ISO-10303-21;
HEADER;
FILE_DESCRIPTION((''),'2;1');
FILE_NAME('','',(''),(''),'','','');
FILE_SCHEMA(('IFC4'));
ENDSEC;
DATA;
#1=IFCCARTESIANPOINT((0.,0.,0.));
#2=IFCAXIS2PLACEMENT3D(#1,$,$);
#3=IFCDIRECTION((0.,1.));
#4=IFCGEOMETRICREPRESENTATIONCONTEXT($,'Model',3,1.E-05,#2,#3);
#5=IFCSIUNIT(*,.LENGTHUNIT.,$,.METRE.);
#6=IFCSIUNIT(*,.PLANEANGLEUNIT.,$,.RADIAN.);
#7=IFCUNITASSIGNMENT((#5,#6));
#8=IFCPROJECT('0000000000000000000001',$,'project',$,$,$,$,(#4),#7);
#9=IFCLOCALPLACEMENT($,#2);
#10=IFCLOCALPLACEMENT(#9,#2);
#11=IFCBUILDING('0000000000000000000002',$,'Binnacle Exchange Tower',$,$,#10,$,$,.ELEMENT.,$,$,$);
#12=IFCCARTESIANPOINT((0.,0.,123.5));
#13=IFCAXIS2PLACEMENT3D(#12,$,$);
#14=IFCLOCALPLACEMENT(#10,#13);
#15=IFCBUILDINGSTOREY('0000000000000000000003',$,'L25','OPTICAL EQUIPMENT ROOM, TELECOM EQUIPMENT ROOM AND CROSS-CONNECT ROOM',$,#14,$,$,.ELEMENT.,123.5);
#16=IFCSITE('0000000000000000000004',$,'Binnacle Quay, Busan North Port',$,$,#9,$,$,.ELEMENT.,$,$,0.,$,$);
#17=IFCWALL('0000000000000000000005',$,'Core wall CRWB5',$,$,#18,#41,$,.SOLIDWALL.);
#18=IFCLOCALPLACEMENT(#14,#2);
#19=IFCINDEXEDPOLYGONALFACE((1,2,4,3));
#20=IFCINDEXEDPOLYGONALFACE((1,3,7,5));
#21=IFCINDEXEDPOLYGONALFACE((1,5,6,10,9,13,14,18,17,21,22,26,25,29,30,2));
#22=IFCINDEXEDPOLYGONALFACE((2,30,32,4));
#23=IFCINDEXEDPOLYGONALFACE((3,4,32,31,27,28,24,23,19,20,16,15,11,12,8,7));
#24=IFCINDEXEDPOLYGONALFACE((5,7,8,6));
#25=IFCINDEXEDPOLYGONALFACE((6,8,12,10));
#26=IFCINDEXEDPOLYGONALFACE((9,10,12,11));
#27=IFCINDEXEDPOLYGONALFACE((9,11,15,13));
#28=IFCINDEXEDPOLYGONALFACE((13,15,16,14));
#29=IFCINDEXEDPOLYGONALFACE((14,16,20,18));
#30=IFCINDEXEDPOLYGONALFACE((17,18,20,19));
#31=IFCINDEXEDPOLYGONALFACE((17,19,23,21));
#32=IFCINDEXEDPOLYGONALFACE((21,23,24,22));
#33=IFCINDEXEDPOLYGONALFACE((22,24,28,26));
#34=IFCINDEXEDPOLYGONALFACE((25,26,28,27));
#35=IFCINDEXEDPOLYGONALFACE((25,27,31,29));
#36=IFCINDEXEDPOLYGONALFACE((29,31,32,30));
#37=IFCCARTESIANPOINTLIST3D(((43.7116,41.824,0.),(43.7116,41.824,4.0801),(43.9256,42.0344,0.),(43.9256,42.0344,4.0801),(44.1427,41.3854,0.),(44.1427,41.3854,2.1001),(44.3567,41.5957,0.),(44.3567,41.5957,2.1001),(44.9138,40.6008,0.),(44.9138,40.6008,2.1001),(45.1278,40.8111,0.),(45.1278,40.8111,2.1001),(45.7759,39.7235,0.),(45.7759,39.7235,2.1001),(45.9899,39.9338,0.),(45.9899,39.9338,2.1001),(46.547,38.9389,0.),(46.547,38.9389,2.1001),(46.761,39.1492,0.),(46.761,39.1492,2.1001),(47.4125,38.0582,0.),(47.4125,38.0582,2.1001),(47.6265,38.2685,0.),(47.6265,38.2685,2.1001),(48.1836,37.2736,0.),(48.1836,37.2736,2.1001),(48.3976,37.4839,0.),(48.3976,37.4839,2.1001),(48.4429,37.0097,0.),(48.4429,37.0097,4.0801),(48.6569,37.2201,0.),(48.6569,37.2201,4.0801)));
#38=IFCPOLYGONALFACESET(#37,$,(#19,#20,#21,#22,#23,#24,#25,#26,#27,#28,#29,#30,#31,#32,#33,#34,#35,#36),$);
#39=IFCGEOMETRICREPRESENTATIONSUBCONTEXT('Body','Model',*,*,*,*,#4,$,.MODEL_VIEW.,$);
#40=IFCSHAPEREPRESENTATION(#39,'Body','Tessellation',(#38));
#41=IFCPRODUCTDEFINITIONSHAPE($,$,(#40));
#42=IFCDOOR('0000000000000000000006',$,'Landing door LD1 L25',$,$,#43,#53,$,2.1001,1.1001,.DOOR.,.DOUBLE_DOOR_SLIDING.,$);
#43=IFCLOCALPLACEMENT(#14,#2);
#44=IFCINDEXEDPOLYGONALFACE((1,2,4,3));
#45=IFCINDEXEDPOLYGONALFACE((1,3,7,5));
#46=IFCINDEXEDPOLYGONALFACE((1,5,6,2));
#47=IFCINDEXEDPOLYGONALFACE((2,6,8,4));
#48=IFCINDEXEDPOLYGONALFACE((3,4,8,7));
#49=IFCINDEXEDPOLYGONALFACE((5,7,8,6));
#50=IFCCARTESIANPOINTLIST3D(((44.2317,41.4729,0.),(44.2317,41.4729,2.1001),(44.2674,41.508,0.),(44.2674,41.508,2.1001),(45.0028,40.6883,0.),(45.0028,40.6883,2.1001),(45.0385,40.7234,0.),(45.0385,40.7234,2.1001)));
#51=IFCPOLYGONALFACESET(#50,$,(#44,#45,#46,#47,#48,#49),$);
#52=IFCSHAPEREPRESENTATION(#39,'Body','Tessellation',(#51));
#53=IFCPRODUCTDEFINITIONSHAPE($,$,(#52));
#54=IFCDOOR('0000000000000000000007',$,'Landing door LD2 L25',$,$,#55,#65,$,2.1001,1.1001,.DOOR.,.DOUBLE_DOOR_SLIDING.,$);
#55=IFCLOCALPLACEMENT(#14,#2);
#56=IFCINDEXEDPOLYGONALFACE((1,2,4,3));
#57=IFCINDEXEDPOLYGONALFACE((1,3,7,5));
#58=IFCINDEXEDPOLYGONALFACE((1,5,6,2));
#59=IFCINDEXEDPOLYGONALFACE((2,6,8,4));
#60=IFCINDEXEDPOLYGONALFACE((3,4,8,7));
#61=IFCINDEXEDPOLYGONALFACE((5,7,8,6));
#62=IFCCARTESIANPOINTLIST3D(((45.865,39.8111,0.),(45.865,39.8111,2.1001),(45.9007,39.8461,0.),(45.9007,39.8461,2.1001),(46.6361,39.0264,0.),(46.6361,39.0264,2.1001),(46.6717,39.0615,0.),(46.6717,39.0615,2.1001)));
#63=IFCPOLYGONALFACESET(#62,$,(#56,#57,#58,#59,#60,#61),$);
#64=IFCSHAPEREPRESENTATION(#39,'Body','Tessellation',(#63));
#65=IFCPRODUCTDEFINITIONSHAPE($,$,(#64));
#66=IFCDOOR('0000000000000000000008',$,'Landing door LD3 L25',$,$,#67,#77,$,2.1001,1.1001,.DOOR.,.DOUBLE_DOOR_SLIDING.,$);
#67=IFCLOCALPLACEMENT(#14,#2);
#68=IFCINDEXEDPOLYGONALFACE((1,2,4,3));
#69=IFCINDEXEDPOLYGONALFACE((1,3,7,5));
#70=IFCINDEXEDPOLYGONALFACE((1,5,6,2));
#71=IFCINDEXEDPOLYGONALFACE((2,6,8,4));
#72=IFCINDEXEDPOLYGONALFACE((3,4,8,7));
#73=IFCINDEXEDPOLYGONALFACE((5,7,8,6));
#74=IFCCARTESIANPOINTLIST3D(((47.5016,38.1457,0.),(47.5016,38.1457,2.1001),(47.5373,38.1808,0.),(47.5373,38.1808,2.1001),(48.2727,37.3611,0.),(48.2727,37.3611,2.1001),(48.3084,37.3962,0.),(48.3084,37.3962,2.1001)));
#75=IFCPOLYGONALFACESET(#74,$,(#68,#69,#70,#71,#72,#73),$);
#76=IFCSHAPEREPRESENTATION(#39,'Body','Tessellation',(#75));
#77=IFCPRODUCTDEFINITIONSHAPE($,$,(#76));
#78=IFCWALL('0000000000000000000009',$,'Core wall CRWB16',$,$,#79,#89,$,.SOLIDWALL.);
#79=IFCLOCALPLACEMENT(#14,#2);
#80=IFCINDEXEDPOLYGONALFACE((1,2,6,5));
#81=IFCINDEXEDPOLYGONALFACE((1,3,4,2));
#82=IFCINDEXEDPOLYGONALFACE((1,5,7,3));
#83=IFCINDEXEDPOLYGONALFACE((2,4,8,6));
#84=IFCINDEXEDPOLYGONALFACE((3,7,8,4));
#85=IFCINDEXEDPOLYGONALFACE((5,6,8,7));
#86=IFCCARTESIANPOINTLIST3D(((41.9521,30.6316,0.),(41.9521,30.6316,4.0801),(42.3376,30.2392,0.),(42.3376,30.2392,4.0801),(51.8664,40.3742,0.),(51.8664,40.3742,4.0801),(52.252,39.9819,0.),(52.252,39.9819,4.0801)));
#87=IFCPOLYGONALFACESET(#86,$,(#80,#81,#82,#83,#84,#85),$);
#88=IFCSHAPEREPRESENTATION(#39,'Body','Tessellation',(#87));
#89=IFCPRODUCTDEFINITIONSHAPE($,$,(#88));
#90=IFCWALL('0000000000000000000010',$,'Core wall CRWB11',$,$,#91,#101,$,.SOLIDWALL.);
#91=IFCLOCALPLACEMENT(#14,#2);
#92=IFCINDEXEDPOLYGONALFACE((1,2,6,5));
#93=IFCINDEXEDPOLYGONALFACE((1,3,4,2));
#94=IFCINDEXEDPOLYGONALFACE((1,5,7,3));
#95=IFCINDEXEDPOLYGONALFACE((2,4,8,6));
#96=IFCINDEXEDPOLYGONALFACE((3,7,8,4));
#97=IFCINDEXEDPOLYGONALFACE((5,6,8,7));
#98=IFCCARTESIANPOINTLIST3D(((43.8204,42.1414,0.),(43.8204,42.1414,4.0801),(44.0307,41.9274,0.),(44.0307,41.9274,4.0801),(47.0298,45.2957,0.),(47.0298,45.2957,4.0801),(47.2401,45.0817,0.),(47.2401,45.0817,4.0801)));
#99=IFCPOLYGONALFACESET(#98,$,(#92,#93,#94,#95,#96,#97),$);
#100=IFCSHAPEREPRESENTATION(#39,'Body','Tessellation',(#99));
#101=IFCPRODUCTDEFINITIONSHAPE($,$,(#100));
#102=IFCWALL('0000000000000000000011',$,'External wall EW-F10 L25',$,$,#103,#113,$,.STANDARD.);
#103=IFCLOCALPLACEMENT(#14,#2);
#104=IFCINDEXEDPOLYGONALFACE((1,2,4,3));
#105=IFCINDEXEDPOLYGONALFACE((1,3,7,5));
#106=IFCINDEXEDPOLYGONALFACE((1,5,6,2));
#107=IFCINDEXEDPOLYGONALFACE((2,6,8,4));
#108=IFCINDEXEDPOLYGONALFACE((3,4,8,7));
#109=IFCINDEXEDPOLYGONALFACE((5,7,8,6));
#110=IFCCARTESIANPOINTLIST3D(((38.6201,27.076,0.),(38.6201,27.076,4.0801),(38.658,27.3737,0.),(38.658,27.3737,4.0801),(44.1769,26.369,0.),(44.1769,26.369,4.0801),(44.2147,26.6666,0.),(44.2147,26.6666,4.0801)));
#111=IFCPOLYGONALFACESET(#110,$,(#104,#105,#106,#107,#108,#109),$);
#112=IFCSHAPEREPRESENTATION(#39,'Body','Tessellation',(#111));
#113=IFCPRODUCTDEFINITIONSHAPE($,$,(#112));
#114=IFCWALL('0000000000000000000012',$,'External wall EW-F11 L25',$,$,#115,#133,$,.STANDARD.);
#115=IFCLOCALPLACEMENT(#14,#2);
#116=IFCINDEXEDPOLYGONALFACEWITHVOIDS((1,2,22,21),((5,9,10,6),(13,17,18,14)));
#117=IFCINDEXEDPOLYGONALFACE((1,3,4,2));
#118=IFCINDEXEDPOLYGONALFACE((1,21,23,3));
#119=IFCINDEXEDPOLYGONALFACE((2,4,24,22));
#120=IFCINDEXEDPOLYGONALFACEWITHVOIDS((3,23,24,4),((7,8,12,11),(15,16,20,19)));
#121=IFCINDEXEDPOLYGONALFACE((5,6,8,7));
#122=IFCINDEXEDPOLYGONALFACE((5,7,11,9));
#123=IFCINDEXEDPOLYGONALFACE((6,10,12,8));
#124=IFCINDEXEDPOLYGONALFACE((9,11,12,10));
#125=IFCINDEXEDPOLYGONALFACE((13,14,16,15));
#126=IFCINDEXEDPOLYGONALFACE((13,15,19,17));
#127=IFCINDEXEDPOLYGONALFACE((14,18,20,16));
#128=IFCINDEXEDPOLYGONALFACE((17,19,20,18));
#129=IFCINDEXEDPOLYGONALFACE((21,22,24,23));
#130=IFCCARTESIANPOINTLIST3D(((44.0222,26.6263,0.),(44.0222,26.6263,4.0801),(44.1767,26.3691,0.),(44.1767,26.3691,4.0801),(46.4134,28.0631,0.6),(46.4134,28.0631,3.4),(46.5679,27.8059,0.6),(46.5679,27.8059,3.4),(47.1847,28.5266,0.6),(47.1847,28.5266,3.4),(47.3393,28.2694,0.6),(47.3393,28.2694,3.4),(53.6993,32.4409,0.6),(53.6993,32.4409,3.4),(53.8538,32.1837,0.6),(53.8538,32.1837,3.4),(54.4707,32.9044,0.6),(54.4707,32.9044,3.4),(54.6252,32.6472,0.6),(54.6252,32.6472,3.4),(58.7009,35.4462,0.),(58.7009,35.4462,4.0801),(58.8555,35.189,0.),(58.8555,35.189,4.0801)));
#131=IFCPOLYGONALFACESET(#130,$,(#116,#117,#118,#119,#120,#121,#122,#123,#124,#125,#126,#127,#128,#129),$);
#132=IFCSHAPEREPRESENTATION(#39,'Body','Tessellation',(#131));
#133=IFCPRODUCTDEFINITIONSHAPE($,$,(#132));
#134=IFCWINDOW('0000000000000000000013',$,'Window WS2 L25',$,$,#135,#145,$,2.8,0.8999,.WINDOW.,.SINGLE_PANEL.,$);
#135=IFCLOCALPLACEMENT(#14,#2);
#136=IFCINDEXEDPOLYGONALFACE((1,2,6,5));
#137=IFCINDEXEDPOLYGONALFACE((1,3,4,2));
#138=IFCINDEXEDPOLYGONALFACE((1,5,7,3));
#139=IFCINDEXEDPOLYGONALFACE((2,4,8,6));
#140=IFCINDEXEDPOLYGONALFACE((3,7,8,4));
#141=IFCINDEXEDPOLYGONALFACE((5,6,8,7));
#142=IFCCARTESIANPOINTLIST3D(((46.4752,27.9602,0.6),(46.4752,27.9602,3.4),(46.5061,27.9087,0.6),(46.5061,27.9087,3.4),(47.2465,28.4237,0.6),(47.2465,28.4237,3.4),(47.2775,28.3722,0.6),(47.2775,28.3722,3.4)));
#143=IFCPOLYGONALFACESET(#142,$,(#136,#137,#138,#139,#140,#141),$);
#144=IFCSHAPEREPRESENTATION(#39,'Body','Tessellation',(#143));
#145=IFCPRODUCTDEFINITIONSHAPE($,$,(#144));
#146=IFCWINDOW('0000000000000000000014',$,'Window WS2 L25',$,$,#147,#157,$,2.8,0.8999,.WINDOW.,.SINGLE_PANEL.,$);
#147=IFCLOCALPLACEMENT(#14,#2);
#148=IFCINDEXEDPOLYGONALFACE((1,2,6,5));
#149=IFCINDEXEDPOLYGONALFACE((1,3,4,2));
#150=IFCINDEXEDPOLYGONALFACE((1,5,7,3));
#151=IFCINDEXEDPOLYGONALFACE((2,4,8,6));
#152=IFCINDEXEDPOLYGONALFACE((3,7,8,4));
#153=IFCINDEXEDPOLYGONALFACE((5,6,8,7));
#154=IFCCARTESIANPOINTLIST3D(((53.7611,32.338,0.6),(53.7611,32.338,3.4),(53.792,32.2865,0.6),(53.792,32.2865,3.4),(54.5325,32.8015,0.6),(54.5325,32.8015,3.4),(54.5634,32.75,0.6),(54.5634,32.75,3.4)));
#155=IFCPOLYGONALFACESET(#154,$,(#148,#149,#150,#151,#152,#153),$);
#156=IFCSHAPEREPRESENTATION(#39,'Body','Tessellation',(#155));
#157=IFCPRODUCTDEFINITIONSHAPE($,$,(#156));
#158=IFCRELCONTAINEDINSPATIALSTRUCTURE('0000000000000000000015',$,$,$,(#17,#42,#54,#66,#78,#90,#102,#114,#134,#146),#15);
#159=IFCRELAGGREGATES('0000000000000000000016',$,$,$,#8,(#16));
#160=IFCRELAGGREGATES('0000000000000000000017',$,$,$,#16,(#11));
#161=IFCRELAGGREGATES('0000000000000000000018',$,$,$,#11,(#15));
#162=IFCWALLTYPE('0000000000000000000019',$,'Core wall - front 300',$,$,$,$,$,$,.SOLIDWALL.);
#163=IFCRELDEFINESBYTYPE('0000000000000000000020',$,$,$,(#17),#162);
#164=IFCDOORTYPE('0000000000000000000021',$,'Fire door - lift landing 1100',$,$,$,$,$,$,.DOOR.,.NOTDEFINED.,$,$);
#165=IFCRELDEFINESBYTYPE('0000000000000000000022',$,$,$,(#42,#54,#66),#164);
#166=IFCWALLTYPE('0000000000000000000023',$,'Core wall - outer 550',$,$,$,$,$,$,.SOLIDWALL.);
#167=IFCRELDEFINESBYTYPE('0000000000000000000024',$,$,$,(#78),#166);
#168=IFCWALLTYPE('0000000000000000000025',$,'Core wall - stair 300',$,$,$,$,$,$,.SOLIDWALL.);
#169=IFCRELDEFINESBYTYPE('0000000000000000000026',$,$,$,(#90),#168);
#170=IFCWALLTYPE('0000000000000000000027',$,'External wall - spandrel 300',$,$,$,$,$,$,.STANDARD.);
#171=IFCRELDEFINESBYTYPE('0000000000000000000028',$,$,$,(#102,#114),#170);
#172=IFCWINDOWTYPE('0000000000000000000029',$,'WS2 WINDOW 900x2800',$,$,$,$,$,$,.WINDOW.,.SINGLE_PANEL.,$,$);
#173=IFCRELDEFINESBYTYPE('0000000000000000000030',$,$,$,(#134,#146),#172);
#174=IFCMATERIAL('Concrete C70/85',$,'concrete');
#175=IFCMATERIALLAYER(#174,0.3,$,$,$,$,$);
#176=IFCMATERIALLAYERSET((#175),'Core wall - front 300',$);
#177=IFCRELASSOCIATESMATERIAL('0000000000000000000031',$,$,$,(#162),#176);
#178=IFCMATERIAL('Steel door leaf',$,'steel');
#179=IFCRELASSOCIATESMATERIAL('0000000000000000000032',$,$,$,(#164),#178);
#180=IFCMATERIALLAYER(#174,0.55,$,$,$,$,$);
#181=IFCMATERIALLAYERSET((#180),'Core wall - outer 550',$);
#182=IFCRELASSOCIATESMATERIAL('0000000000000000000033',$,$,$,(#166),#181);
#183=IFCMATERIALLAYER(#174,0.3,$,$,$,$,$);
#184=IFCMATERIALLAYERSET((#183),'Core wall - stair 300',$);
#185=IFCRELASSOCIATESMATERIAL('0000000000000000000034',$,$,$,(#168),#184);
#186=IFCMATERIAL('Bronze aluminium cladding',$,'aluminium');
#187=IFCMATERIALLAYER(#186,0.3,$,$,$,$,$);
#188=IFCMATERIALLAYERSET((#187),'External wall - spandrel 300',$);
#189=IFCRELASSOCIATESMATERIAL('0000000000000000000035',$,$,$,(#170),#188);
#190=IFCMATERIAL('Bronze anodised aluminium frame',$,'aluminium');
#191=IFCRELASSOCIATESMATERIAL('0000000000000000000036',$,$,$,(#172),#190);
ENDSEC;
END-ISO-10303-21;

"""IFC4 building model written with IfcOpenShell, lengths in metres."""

from ifc_helpers import new_model, si_unit, direction, frame, frame_2d, origin, place, context, subcontext, project, spatial, rectangle, extrude, material, layer, layer_set, type_object, element, fill, save


model = new_model("IFC4")

# Units and contexts
model_context = context("Model", 3, precision=1e-05, world=origin(), true_north=direction((0.0, 1.0)))
body_context = subcontext(model_context, "Body", "Model", "MODEL_VIEW")
ifc_project = project(units=[si_unit("LENGTHUNIT", "METRE"), si_unit("PLANEANGLEUNIT", "RADIAN")], contexts=[model_context])

# Site, building, storey
site_placement = place(None, origin())
site = spatial("IfcSite", under=ifc_project, at=site_placement, Name="Binnacle Quay, Busan North Port", CompositionType="ELEMENT", RefElevation=0.0)
building_placement = place(site_placement, origin())
building = spatial("IfcBuilding", under=site, at=building_placement, Name="Binnacle Exchange Tower", CompositionType="ELEMENT")
storey_placement = place(building_placement, frame((0.0, 0.0, 123.5)))
storey = spatial("IfcBuildingStorey", under=building, at=storey_placement, Name="L25", Description="OPTICAL EQUIPMENT ROOM, TELECOM EQUIPMENT ROOM AND CROSS-CONNECT ROOM", CompositionType="ELEMENT", Elevation=123.5)

# Shared definitions
ifc_material_1 = material(Name="Concrete C70/85", Category="concrete")

# Wall, openings, doors
ifc_layer_1 = layer(ifc_material_1, 0.3)
ifc_layer_set_1 = layer_set([ifc_layer_1], Name="Core wall - front 300")
wall_type_1 = type_object("IfcWallType", Name="Core wall - front 300", PredefinedType="SOLIDWALL", material=ifc_layer_set_1)
wall_1_placement = place(storey_placement, frame((43.8186, 41.9292, 0.0), z_axis=(0.0, 0.0, 1.0), x_axis=(0.700931, -0.713229, 0.0)))
wall_1 = element("IfcWall", 1, at=wall_1_placement, inside=storey, type_object=wall_type_1, Name="Core wall CRWB5", PredefinedType="SOLIDWALL", context=body_context, shape_type="SweptSolid", body=[
    extrude(rectangle(XDim=6.75, YDim=0.3, at=frame_2d((3.375, 0.0))), origin(), (0.0, 0.0, 1.0), 4.0801),
])
opening_1_placement = place(wall_1_placement, frame((0.615, 0.0, 0.0)))
opening_1 = element("IfcOpeningElement", 2, at=opening_1_placement, cuts=wall_1, PredefinedType="OPENING", context=body_context, shape_type="SweptSolid", body=[
    extrude(rectangle(XDim=1.1001, YDim=2.1001, at=frame_2d((0.55, 1.05))), frame((0.0, 0.1599, 0.0), z_axis=(0.0, -1.0, 0.0), x_axis=(1.0, 0.0, 0.0)), (0.0, 0.0, 1.0), 0.3201),
])
opening_2_placement = place(wall_1_placement, frame((2.9451, 0.0, 0.0)))
opening_2 = element("IfcOpeningElement", 3, at=opening_2_placement, cuts=wall_1, PredefinedType="OPENING", context=body_context, shape_type="SweptSolid", body=[
    extrude(rectangle(XDim=1.1001, YDim=2.1001, at=frame_2d((0.55, 1.05))), frame((0.0, 0.1599, 0.0), z_axis=(0.0, -1.0, 0.0), x_axis=(1.0, 0.0, 0.0)), (0.0, 0.0, 1.0), 0.3201),
])
opening_3_placement = place(wall_1_placement, frame((5.28, 0.0, 0.0)))
opening_3 = element("IfcOpeningElement", 4, at=opening_3_placement, cuts=wall_1, PredefinedType="OPENING", context=body_context, shape_type="SweptSolid", body=[
    extrude(rectangle(XDim=1.1001, YDim=2.1001, at=frame_2d((0.55, 1.05))), frame((0.0, 0.1599, 0.0), z_axis=(0.0, -1.0, 0.0), x_axis=(1.0, 0.0, 0.0)), (0.0, 0.0, 1.0), 0.3201),
])
ifc_material_2 = material(Name="Steel door leaf", Category="steel")
door_type = type_object("IfcDoorType", Name="Fire door - lift landing 1100", OperationType="NOTDEFINED", PredefinedType="DOOR", material=ifc_material_2)
door_1_placement = place(opening_1_placement, origin())
door_1 = element("IfcDoor", 5, at=door_1_placement, inside=storey, type_object=door_type, Name="Landing door LD1 L25", OperationType="DOUBLE_DOOR_SLIDING", OverallHeight=2.1001, OverallWidth=1.1001, PredefinedType="DOOR", context=body_context, shape_type="SweptSolid", body=[
    extrude(rectangle(XDim=1.1001, YDim=2.1001, at=frame_2d((0.55, 1.05))), frame((0.0, 0.0249, 0.0), z_axis=(0.0, -1.0, 0.0), x_axis=(1.0, 0.0, 0.0)), (0.0, 0.0, 1.0), 0.05),
])
fill(opening_1, door_1)
door_2_placement = place(opening_2_placement, origin())
door_2 = element("IfcDoor", 6, at=door_2_placement, inside=storey, type_object=door_type, Name="Landing door LD2 L25", OperationType="DOUBLE_DOOR_SLIDING", OverallHeight=2.1001, OverallWidth=1.1001, PredefinedType="DOOR", context=body_context, shape_type="SweptSolid", body=[
    extrude(rectangle(XDim=1.1001, YDim=2.1001, at=frame_2d((0.55, 1.05))), frame((0.0, 0.0249, 0.0), z_axis=(0.0, -1.0, 0.0), x_axis=(1.0, 0.0, 0.0)), (0.0, 0.0, 1.0), 0.05),
])
fill(opening_2, door_2)
door_3_placement = place(opening_3_placement, origin())
door_3 = element("IfcDoor", 7, at=door_3_placement, inside=storey, type_object=door_type, Name="Landing door LD3 L25", OperationType="DOUBLE_DOOR_SLIDING", OverallHeight=2.1001, OverallWidth=1.1001, PredefinedType="DOOR", context=body_context, shape_type="SweptSolid", body=[
    extrude(rectangle(XDim=1.1001, YDim=2.1001, at=frame_2d((0.55, 1.05))), frame((0.0, 0.0249, 0.0), z_axis=(0.0, -1.0, 0.0), x_axis=(1.0, 0.0, 0.0)), (0.0, 0.0, 1.0), 0.05),
])
fill(opening_3, door_3)

# Walls
ifc_layer_2 = layer(ifc_material_1, 0.55)
ifc_layer_set_2 = layer_set([ifc_layer_2], Name="Core wall - outer 550")
wall_type_2 = type_object("IfcWallType", Name="Core wall - outer 550", PredefinedType="SOLIDWALL", material=ifc_layer_set_2)
wall_2_placement = place(storey_placement, frame((42.1448, 30.4353, 0.0), z_axis=(0.0, 0.0, 1.0), x_axis=(0.713254, 0.700906, 0.0)))
element("IfcWall", 8, at=wall_2_placement, inside=storey, type_object=wall_type_2, Name="Core wall CRWB16", PredefinedType="SOLIDWALL", context=body_context, shape_type="SweptSolid", body=[
    extrude(rectangle(XDim=13.9001, YDim=0.55, at=frame_2d((6.9502, 0.0))), origin(), (0.0, 0.0, 1.0), 4.0801),
])
ifc_layer_3 = layer(ifc_material_1, 0.3)
ifc_layer_set_3 = layer_set([ifc_layer_3], Name="Core wall - stair 300")
wall_type_3 = type_object("IfcWallType", Name="Core wall - stair 300", PredefinedType="SOLIDWALL", material=ifc_layer_set_3)
wall_3_placement = place(storey_placement, frame((43.9255, 42.0344, 0.0), z_axis=(0.0, 0.0, 1.0), x_axis=(0.713211, 0.70095, 0.0)))
element("IfcWall", 9, at=wall_3_placement, inside=storey, type_object=wall_type_3, Name="Core wall CRWB11", PredefinedType="SOLIDWALL", context=body_context, shape_type="SweptSolid", body=[
    extrude(rectangle(XDim=4.5, YDim=0.3, at=frame_2d((2.25, 0.0))), origin(), (0.0, 0.0, 1.0), 4.0801),
])
ifc_material_3 = material(Name="Bronze aluminium cladding", Category="aluminium")
ifc_layer_4 = layer(ifc_material_3, 0.3)
ifc_layer_set_4 = layer_set([ifc_layer_4], Name="External wall - spandrel 300")
wall_type_4 = type_object("IfcWallType", Name="External wall - spandrel 300", PredefinedType="STANDARD", material=ifc_layer_set_4)
wall_4_placement = place(storey_placement, frame((44.1958, 26.5178, 0.0), z_axis=(0.0, 0.0, 1.0), x_axis=(-0.992002, 0.126223, 0.0)))
element("IfcWall", 10, at=wall_4_placement, inside=storey, type_object=wall_type_4, Name="External wall EW-F10 L25", PredefinedType="STANDARD", context=body_context, shape_type="SweptSolid", body=[
    extrude(rectangle(XDim=5.6016, YDim=0.3, at=frame_2d((2.8008, 0.0))), origin(), (0.0, 0.0, 1.0), 4.0801),
])

# Wall, openings, windows
wall_5_placement = place(storey_placement, frame((58.7783, 35.3176, 0.0), z_axis=(0.0, 0.0, 1.0), x_axis=(-0.857168, -0.515037, 0.0)))
wall_5 = element("IfcWall", 11, at=wall_5_placement, inside=storey, type_object=wall_type_4, Name="External wall EW-F11 L25", PredefinedType="STANDARD", context=body_context, shape_type="SweptSolid", body=[
    extrude(rectangle(XDim=17.1248, YDim=0.3, at=frame_2d((8.5625, 0.0))), origin(), (0.0, 0.0, 1.0), 4.0801),
])
opening_4_placement = place(wall_5_placement, frame((13.4353, 0.0, 0.6001)))
opening_4 = element("IfcOpeningElement", 12, at=opening_4_placement, cuts=wall_5, PredefinedType="OPENING", context=body_context, shape_type="SweptSolid", body=[
    extrude(rectangle(XDim=0.8999, YDim=2.8, at=frame_2d((0.45, 1.3999))), frame((0.0, 0.1599, 0.0), z_axis=(0.0, -1.0, 0.0), x_axis=(1.0, 0.0, 0.0)), (0.0, 0.0, 1.0), 0.3201),
])
opening_5_placement = place(wall_5_placement, frame((4.9353, 0.0, 0.6001)))
opening_5 = element("IfcOpeningElement", 13, at=opening_5_placement, cuts=wall_5, PredefinedType="OPENING", context=body_context, shape_type="SweptSolid", body=[
    extrude(rectangle(XDim=0.8999, YDim=2.8, at=frame_2d((0.45, 1.3999))), frame((0.0, 0.1599, 0.0), z_axis=(0.0, -1.0, 0.0), x_axis=(1.0, 0.0, 0.0)), (0.0, 0.0, 1.0), 0.3201),
])
ifc_material_4 = material(Name="Bronze anodised aluminium frame", Category="aluminium")
window_type = type_object("IfcWindowType", Name="WS2 WINDOW 900x2800", PartitioningType="SINGLE_PANEL", PredefinedType="WINDOW", material=ifc_material_4)
window_1_placement = place(opening_4_placement, origin())
window_1 = element("IfcWindow", 14, at=window_1_placement, inside=storey, type_object=window_type, Name="Window WS2 L25", OverallHeight=2.8, OverallWidth=0.8999, PartitioningType="SINGLE_PANEL", PredefinedType="WINDOW", context=body_context, shape_type="SweptSolid", body=[
    extrude(rectangle(XDim=0.8999, YDim=2.8, at=frame_2d((0.45, 1.3999))), frame((0.0, 0.03, 0.0), z_axis=(0.0, -1.0, 0.0), x_axis=(1.0, 0.0, 0.0)), (0.0, 0.0, 1.0), 0.0601),
])
fill(opening_4, window_1)
window_2_placement = place(opening_5_placement, origin())
window_2 = element("IfcWindow", 15, at=window_2_placement, inside=storey, type_object=window_type, Name="Window WS2 L25", OverallHeight=2.8, OverallWidth=0.8999, PartitioningType="SINGLE_PANEL", PredefinedType="WINDOW", context=body_context, shape_type="SweptSolid", body=[
    extrude(rectangle(XDim=0.8999, YDim=2.8, at=frame_2d((0.45, 1.3999))), frame((0.0, 0.03, 0.0), z_axis=(0.0, -1.0, 0.0), x_axis=(1.0, 0.0, 0.0)), (0.0, 0.0, 1.0), 0.0601),
])
fill(opening_5, window_2)

save(model, "model.ifc")
